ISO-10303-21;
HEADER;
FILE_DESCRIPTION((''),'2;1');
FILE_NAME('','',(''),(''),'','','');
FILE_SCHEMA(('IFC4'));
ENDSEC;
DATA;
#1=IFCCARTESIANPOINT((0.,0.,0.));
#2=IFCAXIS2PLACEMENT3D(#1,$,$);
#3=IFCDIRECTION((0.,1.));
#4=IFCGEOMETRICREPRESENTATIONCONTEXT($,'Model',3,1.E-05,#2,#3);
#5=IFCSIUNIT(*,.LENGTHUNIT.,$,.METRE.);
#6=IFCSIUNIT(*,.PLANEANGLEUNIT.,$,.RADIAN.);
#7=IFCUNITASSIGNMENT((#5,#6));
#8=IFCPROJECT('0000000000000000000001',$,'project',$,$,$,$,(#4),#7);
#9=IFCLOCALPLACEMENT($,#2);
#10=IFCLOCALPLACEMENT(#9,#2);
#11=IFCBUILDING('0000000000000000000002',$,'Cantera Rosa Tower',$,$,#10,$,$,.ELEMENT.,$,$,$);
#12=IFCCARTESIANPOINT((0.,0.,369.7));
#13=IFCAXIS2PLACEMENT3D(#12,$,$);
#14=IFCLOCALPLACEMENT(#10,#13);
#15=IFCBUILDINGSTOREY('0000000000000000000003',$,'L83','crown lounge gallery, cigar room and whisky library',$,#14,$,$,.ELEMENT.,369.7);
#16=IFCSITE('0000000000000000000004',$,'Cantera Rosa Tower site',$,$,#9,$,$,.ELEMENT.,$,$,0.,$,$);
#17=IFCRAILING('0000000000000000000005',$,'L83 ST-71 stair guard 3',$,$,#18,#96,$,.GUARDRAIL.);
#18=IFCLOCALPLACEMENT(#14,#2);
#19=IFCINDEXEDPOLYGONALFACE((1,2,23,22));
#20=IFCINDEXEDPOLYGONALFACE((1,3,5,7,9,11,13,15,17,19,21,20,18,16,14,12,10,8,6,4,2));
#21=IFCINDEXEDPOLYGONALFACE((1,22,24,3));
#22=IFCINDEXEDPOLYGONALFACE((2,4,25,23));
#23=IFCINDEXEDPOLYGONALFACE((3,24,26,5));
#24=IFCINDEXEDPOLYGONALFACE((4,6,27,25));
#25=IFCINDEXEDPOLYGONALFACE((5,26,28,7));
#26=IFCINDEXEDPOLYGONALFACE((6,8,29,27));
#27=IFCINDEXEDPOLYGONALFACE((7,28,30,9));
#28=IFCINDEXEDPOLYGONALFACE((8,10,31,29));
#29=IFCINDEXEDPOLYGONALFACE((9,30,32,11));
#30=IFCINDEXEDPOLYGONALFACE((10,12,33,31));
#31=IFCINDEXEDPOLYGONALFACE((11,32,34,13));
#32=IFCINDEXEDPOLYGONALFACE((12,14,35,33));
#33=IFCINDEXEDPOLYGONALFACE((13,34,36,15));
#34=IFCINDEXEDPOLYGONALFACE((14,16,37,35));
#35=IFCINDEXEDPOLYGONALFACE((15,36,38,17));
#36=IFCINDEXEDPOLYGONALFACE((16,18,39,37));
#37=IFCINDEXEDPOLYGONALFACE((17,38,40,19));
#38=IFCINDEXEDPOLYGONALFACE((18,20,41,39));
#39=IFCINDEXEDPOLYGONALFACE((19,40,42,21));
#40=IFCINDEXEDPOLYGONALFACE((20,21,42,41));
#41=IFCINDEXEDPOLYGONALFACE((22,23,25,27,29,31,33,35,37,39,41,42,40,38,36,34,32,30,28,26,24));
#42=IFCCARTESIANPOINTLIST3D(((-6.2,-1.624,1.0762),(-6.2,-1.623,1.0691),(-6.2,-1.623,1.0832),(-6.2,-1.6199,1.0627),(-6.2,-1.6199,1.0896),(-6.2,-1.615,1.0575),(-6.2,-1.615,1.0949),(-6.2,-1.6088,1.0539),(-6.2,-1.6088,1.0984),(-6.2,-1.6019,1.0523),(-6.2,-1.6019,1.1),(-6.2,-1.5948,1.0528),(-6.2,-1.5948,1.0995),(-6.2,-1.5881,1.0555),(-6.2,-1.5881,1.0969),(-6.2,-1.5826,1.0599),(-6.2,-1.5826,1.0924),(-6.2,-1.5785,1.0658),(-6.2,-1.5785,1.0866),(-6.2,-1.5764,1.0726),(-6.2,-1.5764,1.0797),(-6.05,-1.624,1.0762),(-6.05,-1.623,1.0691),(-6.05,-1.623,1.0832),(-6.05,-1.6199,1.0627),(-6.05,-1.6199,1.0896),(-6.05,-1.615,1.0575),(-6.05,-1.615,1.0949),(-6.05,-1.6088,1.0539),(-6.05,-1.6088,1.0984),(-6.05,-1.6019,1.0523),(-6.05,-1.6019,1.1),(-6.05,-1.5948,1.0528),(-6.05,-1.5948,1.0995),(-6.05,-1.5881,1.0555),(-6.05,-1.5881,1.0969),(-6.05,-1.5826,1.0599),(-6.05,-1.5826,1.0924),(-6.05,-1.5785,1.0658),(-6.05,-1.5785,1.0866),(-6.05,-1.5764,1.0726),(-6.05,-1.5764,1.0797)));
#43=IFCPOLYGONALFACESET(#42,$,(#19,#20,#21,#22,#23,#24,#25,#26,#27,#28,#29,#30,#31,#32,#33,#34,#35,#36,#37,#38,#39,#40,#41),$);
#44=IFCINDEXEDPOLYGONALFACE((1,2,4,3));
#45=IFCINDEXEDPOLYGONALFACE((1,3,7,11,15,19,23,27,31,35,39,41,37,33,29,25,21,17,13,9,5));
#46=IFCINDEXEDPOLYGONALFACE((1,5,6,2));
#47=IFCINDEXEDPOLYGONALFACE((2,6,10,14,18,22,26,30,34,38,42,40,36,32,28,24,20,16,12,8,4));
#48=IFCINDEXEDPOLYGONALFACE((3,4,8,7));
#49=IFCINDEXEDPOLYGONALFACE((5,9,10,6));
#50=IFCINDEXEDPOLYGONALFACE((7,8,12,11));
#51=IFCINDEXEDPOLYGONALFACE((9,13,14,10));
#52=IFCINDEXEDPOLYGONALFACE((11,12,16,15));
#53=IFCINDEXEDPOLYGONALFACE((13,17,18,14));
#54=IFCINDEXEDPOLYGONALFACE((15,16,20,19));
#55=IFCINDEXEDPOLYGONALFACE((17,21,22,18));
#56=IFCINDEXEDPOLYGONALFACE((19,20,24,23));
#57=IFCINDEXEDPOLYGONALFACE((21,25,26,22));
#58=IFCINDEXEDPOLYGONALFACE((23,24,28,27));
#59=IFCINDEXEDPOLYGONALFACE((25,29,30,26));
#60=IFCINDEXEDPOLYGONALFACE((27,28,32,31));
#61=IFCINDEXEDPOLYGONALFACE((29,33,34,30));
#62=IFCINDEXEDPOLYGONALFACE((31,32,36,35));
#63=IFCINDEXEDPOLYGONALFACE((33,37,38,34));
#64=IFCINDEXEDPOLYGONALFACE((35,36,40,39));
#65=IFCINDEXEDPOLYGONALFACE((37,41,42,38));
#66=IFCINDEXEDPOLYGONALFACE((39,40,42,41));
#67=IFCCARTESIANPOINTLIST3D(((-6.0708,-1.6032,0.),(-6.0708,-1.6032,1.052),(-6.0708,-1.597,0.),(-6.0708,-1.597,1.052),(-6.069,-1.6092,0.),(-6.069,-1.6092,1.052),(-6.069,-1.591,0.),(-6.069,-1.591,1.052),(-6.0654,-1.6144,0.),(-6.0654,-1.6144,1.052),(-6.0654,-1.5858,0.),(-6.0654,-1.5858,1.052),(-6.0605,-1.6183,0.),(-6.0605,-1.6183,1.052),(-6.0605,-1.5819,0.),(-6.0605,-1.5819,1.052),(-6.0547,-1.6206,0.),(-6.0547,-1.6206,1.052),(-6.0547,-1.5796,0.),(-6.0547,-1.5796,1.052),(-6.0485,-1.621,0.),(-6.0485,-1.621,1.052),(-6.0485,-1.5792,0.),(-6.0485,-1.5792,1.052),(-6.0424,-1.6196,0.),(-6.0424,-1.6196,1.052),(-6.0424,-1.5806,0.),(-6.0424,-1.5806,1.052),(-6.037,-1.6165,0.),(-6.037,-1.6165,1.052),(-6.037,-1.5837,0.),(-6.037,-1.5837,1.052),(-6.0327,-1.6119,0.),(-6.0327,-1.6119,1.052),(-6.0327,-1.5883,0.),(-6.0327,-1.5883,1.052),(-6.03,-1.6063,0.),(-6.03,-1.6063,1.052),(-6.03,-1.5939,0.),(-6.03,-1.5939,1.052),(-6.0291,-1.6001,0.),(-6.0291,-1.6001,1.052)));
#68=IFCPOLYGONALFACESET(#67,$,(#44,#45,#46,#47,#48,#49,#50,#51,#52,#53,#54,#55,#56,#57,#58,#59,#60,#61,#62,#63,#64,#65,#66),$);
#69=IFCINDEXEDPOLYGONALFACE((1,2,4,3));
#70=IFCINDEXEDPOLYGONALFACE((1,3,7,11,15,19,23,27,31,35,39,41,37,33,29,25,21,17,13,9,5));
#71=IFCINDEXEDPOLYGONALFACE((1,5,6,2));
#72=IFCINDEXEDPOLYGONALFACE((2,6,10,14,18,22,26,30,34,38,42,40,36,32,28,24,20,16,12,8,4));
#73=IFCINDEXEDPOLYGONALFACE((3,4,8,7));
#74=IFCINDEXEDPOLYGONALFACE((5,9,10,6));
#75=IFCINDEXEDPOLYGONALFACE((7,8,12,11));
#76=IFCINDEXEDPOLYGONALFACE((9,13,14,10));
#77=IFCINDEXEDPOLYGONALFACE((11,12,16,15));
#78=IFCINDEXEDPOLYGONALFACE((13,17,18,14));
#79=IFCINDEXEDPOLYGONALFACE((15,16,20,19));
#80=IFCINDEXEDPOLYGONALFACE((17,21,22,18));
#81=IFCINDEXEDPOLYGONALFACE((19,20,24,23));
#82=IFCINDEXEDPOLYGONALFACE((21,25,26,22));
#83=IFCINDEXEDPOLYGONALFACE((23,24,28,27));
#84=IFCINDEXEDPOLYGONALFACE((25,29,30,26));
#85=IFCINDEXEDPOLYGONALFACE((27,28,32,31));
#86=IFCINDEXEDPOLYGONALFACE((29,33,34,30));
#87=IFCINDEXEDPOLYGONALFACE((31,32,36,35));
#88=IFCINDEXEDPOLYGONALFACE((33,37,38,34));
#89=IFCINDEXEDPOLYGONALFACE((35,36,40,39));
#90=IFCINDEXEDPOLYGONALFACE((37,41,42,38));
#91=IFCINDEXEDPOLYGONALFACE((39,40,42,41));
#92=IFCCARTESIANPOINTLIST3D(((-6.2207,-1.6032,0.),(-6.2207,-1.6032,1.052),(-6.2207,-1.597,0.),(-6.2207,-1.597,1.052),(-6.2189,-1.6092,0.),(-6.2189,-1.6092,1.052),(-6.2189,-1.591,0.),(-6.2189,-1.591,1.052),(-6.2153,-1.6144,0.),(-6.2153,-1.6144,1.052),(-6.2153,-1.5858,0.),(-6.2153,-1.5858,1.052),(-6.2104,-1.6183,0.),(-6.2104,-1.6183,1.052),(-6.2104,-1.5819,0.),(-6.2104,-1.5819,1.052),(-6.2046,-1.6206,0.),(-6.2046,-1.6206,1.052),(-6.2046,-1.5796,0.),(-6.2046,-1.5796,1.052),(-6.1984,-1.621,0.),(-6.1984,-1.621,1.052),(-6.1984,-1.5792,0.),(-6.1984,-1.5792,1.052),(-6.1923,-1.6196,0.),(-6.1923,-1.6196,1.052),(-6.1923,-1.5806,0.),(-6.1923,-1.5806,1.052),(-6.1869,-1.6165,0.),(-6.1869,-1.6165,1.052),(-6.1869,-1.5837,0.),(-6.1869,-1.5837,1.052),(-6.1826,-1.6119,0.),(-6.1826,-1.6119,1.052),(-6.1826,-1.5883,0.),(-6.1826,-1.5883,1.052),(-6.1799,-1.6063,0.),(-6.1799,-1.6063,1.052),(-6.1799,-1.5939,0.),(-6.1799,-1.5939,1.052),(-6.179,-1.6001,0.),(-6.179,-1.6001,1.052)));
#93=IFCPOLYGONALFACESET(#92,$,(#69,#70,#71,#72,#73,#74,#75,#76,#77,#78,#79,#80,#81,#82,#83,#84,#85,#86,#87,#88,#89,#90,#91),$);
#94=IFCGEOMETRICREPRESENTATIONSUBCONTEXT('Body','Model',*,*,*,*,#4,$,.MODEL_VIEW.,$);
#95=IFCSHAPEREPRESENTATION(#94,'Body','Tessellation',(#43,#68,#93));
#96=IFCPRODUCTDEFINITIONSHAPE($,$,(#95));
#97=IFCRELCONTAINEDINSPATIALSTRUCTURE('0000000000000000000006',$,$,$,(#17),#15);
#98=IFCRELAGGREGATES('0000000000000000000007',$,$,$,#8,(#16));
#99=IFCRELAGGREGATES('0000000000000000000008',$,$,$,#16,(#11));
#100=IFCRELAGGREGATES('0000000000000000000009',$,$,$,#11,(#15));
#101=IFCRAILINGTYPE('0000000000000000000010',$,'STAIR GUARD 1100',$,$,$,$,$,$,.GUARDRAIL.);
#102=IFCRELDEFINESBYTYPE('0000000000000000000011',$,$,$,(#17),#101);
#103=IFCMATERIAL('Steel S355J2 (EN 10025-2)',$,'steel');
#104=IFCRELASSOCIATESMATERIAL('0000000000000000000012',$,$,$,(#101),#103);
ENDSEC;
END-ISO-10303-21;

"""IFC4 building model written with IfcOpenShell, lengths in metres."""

from ifc_helpers import new_model, si_unit, direction, frame, origin, origin_2d, place, context, subcontext, project, spatial, circle, extrude, material, type_object, element, save


model = new_model("IFC4")

# Units and contexts
model_context = context("Model", 3, precision=1e-05, world=origin(), true_north=direction((0.0, 1.0)))
body_context = subcontext(model_context, "Body", "Model", "MODEL_VIEW")
ifc_project = project(units=[si_unit("LENGTHUNIT", "METRE"), si_unit("PLANEANGLEUNIT", "RADIAN")], contexts=[model_context])

# Site, building, storey
site_placement = place(None, origin())
site = spatial("IfcSite", under=ifc_project, at=site_placement, Name="Cantera Rosa Tower site", CompositionType="ELEMENT", RefElevation=0.0)
building_placement = place(site_placement, origin())
building = spatial("IfcBuilding", under=site, at=building_placement, Name="Cantera Rosa Tower", CompositionType="ELEMENT")
storey_placement = place(building_placement, frame((0.0, 0.0, 369.7)))
storey = spatial("IfcBuildingStorey", under=building, at=storey_placement, Name="L83", Description="crown lounge gallery, cigar room and whisky library", CompositionType="ELEMENT", Elevation=369.7)

# Railing
ifc_material_1 = material(Name="Steel S355J2 (EN 10025-2)", Category="steel")
railing_type_1 = type_object("IfcRailingType", Name="STAIR GUARD 1100", PredefinedType="GUARDRAIL", material=ifc_material_1)
railing_1_placement = place(storey_placement, frame((-6.05, -1.6001, 0.0)))
element("IfcRailing", 1, at=railing_1_placement, inside=storey, type_object=railing_type_1, Name="L83 ST-71 stair guard 3", PredefinedType="GUARDRAIL", context=body_context, shape_type="SweptSolid", body=[
    extrude(circle(Radius=0.0239, at=origin_2d()), frame((0.0, 0.0, 1.0762), z_axis=(-1.0, 0.0, 0.0), x_axis=(0.0, -1.0, 0.0)), (0.0, 0.0, 1.0), 0.1499),
    extrude(circle(Radius=0.021, at=origin_2d()), origin(), (0.0, 0.0, 1.0), 1.052),
    extrude(circle(Radius=0.021, at=origin_2d()), frame((-0.1499, 0.0, 0.0)), (0.0, 0.0, 1.0), 1.052),
])

save(model, "model.ifc")
